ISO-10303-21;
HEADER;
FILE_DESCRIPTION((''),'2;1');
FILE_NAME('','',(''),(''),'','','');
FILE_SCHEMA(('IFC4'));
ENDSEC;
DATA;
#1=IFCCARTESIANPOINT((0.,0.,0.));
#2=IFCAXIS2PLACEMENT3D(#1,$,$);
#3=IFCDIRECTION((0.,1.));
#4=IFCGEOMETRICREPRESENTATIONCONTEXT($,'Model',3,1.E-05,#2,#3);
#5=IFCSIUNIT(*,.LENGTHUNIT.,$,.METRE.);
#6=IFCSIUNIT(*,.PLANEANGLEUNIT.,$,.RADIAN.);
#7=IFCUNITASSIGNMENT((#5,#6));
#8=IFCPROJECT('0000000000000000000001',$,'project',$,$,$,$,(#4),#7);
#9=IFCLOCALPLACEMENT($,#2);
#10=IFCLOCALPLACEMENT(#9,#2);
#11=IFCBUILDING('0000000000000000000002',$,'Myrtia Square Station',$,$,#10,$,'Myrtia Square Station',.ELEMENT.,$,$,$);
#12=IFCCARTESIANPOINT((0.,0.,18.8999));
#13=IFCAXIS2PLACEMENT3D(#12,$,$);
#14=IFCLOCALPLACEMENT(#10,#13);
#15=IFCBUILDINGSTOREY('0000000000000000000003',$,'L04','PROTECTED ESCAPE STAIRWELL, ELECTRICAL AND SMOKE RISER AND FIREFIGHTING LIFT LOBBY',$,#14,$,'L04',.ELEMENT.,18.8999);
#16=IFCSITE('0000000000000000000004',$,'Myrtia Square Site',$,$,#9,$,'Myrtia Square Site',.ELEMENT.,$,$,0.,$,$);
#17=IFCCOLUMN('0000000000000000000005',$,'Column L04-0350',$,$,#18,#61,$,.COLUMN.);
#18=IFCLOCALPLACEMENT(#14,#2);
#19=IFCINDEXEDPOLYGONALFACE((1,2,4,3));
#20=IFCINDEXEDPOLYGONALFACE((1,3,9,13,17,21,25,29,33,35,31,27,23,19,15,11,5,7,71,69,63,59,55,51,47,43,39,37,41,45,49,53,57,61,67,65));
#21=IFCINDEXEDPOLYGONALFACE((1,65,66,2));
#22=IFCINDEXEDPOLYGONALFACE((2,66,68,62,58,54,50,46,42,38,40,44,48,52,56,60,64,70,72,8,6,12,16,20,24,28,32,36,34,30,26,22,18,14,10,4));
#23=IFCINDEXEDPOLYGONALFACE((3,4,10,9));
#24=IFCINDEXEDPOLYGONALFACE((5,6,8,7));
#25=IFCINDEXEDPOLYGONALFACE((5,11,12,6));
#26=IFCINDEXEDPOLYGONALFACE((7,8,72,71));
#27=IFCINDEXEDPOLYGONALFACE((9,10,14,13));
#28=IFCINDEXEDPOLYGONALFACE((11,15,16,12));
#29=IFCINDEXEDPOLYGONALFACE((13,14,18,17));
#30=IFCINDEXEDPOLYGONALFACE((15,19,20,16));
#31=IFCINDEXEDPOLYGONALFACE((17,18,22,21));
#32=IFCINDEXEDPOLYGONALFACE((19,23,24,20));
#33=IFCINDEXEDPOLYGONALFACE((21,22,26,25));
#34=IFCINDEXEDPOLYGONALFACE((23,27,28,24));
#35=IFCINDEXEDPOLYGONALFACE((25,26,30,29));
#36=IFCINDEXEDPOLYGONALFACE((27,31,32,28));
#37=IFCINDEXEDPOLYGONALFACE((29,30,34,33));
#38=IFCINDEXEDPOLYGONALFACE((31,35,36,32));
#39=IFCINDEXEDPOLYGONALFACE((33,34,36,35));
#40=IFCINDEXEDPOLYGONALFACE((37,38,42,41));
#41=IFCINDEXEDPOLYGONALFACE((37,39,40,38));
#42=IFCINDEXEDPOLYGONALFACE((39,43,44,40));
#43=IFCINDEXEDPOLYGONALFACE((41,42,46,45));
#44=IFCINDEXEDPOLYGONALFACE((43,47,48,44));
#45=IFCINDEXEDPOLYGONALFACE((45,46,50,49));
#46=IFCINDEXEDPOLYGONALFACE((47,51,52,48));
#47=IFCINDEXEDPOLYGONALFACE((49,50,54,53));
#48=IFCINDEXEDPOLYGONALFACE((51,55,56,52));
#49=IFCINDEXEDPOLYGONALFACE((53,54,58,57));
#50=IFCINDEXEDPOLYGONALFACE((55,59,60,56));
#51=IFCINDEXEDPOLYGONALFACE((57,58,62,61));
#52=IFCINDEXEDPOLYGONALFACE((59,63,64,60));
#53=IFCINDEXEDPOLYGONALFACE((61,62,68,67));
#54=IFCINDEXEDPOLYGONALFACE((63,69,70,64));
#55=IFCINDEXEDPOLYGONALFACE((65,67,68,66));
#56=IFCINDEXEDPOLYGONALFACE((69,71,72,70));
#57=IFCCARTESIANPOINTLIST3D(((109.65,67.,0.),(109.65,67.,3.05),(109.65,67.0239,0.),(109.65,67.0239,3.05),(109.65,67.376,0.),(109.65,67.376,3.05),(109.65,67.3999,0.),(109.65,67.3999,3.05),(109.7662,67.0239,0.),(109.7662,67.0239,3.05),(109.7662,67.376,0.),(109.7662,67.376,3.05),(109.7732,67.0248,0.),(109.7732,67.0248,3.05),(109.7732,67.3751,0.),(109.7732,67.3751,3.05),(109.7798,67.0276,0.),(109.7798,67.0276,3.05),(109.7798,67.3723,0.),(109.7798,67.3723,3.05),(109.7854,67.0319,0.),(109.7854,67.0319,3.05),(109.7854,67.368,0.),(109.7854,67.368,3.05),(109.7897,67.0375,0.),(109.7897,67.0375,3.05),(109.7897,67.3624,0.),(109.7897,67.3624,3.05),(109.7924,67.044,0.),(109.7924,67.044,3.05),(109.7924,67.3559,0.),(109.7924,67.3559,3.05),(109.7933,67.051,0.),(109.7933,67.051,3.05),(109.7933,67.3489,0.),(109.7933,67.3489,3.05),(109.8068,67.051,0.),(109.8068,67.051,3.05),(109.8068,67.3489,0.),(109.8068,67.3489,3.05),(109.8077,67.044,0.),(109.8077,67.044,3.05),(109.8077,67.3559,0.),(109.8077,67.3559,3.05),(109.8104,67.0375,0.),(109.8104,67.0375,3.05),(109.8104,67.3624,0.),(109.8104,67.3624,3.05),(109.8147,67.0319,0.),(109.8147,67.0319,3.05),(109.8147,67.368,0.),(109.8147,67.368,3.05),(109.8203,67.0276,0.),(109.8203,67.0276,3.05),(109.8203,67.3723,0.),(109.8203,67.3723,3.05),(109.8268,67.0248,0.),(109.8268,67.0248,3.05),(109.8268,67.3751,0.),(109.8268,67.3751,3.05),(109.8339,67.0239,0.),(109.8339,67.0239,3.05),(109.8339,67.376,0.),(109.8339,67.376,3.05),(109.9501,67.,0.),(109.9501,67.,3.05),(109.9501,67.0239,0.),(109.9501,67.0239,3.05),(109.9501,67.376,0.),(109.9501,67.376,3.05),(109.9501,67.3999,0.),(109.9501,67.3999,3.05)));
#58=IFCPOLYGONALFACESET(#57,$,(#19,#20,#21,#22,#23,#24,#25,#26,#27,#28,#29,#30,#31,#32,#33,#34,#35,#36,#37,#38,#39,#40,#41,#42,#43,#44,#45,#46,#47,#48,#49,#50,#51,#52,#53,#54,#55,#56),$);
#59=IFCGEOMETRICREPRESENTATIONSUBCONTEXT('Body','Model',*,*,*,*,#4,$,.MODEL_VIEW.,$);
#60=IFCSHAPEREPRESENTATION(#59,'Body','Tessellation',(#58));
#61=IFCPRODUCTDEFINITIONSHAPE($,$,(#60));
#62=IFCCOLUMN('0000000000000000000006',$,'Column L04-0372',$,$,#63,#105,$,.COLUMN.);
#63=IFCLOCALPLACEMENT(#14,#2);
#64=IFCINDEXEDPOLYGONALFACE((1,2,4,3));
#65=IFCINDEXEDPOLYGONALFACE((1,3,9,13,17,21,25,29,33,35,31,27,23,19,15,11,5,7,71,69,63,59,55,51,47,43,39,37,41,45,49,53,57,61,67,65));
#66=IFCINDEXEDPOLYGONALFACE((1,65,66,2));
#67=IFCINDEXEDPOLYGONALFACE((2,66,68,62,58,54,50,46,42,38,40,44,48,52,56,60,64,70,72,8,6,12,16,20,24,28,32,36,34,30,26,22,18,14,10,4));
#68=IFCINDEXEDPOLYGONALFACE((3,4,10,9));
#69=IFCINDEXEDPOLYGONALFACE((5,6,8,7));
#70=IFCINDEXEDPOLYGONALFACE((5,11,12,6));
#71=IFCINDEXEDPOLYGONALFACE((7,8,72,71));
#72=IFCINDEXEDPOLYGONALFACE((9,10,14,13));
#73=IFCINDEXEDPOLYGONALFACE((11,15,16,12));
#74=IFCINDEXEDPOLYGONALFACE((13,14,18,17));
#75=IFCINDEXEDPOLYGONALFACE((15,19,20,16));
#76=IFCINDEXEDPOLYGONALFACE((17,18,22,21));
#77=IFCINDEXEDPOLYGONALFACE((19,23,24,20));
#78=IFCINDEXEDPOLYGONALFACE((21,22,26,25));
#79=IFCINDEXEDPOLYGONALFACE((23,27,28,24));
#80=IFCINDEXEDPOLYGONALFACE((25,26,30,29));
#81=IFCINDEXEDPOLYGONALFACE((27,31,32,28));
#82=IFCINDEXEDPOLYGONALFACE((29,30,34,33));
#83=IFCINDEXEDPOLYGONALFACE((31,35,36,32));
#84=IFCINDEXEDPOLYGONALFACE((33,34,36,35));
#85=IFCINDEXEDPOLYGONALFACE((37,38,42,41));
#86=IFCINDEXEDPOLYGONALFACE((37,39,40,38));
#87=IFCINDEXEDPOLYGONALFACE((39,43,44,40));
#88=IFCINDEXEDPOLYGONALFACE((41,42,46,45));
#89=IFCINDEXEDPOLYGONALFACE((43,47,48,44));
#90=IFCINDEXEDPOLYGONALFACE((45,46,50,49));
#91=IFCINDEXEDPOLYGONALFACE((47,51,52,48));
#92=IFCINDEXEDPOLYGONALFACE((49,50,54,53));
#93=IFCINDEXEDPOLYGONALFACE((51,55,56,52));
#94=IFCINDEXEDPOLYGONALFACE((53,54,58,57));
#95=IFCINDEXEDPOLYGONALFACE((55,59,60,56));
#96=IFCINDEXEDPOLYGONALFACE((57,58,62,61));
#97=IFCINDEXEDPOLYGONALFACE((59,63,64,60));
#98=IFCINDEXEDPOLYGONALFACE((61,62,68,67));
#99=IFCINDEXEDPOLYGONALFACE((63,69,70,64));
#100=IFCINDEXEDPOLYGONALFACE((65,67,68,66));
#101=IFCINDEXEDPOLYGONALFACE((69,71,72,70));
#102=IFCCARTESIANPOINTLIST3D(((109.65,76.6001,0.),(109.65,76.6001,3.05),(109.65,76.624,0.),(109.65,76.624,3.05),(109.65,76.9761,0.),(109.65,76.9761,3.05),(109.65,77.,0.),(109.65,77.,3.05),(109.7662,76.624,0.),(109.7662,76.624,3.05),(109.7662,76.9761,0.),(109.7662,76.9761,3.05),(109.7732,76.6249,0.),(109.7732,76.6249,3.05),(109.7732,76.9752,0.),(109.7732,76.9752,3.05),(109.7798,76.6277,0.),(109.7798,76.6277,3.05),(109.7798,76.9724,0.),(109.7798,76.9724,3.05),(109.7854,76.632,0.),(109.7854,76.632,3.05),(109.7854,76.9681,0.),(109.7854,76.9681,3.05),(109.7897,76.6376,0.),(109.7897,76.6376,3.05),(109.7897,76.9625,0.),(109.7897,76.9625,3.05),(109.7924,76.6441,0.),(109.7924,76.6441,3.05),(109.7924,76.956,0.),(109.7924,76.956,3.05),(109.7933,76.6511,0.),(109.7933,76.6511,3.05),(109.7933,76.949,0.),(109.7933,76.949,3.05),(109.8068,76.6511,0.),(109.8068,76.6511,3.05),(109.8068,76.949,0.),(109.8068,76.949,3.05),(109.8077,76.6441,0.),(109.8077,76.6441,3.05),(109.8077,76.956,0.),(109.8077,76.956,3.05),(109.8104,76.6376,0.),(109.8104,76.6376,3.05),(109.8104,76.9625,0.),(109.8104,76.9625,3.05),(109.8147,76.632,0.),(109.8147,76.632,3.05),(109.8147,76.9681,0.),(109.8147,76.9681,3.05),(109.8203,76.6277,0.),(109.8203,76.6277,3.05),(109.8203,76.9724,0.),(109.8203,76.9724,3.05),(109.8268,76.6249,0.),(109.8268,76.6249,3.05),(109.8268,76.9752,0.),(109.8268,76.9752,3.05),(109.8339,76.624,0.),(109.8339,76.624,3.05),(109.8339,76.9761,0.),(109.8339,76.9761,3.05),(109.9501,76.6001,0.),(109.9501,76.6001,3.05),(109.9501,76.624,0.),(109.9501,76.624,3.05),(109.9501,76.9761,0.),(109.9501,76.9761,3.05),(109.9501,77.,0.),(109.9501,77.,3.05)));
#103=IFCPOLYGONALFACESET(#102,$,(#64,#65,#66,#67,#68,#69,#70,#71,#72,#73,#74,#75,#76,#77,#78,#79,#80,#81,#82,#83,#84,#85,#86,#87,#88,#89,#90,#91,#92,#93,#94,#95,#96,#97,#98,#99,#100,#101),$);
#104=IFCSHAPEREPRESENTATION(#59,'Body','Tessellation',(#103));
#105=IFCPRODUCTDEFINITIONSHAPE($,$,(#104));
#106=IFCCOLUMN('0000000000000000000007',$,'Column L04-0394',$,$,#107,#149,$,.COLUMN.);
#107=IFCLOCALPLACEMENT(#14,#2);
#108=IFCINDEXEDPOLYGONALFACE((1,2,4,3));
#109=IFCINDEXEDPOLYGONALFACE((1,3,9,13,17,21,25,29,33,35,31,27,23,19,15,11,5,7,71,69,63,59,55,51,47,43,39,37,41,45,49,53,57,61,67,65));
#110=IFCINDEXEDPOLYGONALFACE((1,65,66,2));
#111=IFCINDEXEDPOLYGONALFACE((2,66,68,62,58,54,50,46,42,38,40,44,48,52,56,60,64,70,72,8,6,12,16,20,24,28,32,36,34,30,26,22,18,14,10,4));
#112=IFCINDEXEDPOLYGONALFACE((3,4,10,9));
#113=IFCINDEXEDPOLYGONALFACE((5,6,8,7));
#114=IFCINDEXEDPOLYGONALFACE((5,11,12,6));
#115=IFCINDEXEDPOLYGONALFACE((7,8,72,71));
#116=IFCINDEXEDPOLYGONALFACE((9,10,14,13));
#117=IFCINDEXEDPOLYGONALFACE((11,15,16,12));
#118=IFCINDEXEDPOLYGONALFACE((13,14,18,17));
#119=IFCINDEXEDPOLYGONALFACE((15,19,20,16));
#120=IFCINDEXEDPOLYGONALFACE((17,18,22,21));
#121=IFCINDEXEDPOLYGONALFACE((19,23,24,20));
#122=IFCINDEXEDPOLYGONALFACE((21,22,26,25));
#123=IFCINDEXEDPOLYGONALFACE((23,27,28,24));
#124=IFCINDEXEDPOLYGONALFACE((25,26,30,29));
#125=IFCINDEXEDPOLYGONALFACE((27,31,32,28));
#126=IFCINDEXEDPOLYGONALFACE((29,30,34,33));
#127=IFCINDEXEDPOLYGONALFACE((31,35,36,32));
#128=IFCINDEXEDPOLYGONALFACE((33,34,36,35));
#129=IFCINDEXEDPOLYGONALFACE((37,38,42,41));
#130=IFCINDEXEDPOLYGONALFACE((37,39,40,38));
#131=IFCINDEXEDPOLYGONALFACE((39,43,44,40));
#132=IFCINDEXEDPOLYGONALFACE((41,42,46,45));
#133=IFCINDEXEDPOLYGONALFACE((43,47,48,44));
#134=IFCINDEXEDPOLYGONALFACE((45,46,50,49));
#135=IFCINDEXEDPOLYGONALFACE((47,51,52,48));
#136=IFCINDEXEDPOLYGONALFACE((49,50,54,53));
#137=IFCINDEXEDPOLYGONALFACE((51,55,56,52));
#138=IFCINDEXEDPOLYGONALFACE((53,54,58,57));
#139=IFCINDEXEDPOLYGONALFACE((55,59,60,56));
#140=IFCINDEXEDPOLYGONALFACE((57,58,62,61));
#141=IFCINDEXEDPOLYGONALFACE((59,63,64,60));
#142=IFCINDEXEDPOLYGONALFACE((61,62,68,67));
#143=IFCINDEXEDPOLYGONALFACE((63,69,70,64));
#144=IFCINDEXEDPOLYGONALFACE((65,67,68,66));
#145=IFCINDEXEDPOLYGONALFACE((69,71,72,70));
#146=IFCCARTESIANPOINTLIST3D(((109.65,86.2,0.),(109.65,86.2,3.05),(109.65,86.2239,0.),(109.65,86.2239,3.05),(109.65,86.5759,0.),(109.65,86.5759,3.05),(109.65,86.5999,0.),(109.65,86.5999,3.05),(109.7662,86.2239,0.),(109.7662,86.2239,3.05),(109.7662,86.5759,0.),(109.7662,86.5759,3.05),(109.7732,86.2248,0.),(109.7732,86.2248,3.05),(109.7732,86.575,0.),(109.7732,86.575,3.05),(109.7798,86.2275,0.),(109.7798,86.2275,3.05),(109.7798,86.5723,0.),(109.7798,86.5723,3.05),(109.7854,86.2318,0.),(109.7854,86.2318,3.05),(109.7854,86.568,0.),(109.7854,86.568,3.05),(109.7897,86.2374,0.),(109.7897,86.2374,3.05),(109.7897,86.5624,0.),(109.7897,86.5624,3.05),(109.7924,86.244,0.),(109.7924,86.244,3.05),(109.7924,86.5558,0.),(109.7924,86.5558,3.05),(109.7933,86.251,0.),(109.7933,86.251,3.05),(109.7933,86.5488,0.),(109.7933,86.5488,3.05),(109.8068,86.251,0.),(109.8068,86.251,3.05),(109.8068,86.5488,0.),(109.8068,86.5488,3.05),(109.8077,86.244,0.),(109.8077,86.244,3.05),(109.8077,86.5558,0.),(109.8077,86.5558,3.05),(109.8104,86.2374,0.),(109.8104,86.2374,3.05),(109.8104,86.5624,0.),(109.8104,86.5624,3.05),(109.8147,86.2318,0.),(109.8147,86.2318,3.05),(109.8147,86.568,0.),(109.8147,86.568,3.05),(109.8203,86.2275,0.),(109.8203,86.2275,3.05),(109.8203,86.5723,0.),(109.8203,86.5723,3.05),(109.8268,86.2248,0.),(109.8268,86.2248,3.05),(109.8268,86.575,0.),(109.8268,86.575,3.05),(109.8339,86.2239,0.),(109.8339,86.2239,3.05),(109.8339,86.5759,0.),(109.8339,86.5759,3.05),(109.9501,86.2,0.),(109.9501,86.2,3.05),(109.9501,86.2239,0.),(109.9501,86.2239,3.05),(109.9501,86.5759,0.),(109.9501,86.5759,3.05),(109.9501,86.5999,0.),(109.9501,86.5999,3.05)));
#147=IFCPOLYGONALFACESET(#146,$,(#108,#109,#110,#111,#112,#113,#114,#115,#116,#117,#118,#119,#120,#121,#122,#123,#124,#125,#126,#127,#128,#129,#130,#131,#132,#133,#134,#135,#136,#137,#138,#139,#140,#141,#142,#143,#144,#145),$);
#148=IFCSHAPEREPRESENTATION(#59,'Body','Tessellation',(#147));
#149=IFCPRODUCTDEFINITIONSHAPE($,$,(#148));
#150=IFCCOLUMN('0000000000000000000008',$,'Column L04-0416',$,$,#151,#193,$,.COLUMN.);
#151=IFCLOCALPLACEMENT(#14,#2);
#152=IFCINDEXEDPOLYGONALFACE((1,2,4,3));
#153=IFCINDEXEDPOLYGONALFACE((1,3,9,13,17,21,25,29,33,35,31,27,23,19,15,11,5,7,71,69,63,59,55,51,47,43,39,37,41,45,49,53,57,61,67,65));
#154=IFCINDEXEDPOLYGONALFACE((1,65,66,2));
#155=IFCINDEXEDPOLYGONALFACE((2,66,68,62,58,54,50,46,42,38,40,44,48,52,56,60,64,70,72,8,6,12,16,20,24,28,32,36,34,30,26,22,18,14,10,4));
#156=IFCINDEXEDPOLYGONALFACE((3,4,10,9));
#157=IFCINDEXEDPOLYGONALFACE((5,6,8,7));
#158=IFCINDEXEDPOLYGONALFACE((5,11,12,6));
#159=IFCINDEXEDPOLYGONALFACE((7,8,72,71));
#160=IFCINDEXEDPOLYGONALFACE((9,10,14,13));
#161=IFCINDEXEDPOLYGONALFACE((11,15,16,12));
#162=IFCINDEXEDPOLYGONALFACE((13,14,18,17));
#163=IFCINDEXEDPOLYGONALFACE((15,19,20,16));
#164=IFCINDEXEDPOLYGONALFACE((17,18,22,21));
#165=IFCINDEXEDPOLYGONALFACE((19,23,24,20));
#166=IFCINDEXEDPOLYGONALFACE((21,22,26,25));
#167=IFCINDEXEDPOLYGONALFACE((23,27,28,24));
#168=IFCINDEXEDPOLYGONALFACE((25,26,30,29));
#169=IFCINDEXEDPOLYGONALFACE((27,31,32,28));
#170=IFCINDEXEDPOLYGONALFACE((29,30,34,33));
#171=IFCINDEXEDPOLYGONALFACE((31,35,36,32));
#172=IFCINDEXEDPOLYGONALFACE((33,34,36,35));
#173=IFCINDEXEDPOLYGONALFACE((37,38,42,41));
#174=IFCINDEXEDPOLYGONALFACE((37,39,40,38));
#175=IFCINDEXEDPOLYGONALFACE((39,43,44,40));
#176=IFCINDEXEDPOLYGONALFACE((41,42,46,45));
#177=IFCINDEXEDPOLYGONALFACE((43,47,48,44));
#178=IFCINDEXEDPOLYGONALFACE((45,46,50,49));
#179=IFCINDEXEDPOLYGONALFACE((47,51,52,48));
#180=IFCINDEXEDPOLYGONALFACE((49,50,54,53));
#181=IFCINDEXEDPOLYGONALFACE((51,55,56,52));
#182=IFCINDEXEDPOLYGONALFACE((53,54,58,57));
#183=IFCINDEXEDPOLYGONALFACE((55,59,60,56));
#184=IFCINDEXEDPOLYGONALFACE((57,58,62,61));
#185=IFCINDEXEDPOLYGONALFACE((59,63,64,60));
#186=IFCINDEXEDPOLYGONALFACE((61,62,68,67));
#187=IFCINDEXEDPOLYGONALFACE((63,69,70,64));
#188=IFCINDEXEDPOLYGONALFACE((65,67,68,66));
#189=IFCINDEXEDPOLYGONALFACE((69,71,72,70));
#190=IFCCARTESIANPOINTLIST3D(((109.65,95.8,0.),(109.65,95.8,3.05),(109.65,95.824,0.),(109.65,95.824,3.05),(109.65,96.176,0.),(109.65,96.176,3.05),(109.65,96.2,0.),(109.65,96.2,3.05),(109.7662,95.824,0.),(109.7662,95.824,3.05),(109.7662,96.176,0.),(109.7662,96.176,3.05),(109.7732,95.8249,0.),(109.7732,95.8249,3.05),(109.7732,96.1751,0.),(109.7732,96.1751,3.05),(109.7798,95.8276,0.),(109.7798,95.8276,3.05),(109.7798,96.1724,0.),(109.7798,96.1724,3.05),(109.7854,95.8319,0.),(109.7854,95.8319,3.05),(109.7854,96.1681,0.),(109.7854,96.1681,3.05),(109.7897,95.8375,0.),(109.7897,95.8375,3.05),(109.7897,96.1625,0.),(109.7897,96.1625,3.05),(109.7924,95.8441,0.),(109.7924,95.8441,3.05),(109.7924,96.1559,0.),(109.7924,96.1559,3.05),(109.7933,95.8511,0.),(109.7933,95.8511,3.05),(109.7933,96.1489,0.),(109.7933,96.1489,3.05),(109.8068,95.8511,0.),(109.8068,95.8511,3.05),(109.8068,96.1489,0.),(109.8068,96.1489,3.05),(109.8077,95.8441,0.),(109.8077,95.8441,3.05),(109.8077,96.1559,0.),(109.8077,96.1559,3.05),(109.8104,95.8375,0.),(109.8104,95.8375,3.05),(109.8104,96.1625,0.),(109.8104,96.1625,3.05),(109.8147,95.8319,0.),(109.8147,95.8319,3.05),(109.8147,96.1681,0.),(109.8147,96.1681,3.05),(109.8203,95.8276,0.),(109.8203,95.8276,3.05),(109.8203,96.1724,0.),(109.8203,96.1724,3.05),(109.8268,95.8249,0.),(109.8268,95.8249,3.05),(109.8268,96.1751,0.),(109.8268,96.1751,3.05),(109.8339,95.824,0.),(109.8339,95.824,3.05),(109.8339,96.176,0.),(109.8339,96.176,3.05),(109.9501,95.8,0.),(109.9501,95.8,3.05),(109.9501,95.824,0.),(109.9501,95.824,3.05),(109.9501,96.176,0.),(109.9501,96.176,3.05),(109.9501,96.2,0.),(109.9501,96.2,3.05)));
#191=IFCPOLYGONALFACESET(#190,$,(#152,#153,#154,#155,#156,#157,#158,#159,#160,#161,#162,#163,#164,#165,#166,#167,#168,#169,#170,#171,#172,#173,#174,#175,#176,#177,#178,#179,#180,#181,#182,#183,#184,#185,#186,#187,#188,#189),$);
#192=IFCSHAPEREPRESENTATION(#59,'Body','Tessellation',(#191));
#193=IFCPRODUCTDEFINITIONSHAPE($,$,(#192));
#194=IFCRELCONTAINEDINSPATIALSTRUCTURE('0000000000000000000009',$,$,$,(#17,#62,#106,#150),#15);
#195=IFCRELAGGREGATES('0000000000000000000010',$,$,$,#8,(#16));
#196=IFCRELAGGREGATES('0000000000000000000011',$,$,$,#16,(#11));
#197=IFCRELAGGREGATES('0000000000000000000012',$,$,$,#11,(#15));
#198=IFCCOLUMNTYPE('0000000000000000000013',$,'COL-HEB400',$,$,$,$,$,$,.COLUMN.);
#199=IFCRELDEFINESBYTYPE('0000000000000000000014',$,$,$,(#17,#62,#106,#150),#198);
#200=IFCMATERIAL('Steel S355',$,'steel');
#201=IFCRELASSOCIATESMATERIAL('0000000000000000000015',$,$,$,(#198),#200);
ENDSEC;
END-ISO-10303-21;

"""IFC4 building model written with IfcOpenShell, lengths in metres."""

from ifc_helpers import new_model, si_unit, direction, frame, origin, origin_2d, place, context, subcontext, project, spatial, i_section, extrude, material, material_profile, profile_set, type_object, element, save


model = new_model("IFC4")

# Units and contexts
model_context = context("Model", 3, precision=1e-05, world=origin(), true_north=direction((0.0, 1.0)))
body_context = subcontext(model_context, "Body", "Model", "MODEL_VIEW")
ifc_project = project(units=[si_unit("LENGTHUNIT", "METRE"), si_unit("PLANEANGLEUNIT", "RADIAN")], contexts=[model_context])

# Site, building, storey
site_placement = place(None, origin())
site = spatial("IfcSite", under=ifc_project, at=site_placement, Name="Myrtia Square Site", LongName="Myrtia Square Site", CompositionType="ELEMENT", RefElevation=0.0)
building_placement = place(site_placement, origin())
building = spatial("IfcBuilding", under=site, at=building_placement, Name="Myrtia Square Station", LongName="Myrtia Square Station", CompositionType="ELEMENT")
storey_placement = place(building_placement, frame((0.0, 0.0, 18.8999)))
storey = spatial("IfcBuildingStorey", under=building, at=storey_placement, Name="L04", Description="PROTECTED ESCAPE STAIRWELL, ELECTRICAL AND SMOKE RISER AND FIREFIGHTING LIFT LOBBY", LongName="L04", CompositionType="ELEMENT", Elevation=18.8999)

# Columns
ifc_material_1 = material(Name="Steel S355", Category="steel")
ifc_material_profile_1 = material_profile(ifc_material_1, i_section(OverallWidth=0.3, OverallDepth=0.3999, WebThickness=0.0134, FlangeThickness=0.0239, FilletRadius=0.0271, at=origin_2d()), Name="HEB 400")
ifc_profile_set_1 = profile_set([ifc_material_profile_1], Name="Steel S355")
column_type = type_object("IfcColumnType", Name="COL-HEB400", PredefinedType="COLUMN", material=ifc_profile_set_1)
for number, where, z_axis, x_axis, name in (
    (1, (109.8, 67.2, 0.0), (0.0, 0.0, 1.0), (1.0, 0.0, 0.0), "Column L04-0350"),
    (2, (109.8, 76.8, 0.0), (0.0, 0.0, 1.0), (1.0, 0.0, 0.0), "Column L04-0372"),
    (3, (109.8, 86.3999, 0.0), (0.0, 0.0, 1.0), (1.0, 0.0, 0.0), "Column L04-0394"),
    (4, (109.8, 96.0, 0.0), (0.0, 0.0, 1.0), (1.0, 0.0, 0.0), "Column L04-0416"),
):
    element("IfcColumn", number, at=place(storey_placement, frame(where, z_axis=z_axis, x_axis=x_axis)), inside=storey, type_object=column_type, Name=name, PredefinedType="COLUMN", context=body_context, shape_type="SweptSolid", body=[
        extrude(i_section(OverallWidth=0.3, OverallDepth=0.3999, WebThickness=0.0134, FlangeThickness=0.0239, FilletRadius=0.0271, at=origin_2d()), origin(), (0.0, 0.0, 1.0), 3.05),
    ])

save(model, "model.ifc")
